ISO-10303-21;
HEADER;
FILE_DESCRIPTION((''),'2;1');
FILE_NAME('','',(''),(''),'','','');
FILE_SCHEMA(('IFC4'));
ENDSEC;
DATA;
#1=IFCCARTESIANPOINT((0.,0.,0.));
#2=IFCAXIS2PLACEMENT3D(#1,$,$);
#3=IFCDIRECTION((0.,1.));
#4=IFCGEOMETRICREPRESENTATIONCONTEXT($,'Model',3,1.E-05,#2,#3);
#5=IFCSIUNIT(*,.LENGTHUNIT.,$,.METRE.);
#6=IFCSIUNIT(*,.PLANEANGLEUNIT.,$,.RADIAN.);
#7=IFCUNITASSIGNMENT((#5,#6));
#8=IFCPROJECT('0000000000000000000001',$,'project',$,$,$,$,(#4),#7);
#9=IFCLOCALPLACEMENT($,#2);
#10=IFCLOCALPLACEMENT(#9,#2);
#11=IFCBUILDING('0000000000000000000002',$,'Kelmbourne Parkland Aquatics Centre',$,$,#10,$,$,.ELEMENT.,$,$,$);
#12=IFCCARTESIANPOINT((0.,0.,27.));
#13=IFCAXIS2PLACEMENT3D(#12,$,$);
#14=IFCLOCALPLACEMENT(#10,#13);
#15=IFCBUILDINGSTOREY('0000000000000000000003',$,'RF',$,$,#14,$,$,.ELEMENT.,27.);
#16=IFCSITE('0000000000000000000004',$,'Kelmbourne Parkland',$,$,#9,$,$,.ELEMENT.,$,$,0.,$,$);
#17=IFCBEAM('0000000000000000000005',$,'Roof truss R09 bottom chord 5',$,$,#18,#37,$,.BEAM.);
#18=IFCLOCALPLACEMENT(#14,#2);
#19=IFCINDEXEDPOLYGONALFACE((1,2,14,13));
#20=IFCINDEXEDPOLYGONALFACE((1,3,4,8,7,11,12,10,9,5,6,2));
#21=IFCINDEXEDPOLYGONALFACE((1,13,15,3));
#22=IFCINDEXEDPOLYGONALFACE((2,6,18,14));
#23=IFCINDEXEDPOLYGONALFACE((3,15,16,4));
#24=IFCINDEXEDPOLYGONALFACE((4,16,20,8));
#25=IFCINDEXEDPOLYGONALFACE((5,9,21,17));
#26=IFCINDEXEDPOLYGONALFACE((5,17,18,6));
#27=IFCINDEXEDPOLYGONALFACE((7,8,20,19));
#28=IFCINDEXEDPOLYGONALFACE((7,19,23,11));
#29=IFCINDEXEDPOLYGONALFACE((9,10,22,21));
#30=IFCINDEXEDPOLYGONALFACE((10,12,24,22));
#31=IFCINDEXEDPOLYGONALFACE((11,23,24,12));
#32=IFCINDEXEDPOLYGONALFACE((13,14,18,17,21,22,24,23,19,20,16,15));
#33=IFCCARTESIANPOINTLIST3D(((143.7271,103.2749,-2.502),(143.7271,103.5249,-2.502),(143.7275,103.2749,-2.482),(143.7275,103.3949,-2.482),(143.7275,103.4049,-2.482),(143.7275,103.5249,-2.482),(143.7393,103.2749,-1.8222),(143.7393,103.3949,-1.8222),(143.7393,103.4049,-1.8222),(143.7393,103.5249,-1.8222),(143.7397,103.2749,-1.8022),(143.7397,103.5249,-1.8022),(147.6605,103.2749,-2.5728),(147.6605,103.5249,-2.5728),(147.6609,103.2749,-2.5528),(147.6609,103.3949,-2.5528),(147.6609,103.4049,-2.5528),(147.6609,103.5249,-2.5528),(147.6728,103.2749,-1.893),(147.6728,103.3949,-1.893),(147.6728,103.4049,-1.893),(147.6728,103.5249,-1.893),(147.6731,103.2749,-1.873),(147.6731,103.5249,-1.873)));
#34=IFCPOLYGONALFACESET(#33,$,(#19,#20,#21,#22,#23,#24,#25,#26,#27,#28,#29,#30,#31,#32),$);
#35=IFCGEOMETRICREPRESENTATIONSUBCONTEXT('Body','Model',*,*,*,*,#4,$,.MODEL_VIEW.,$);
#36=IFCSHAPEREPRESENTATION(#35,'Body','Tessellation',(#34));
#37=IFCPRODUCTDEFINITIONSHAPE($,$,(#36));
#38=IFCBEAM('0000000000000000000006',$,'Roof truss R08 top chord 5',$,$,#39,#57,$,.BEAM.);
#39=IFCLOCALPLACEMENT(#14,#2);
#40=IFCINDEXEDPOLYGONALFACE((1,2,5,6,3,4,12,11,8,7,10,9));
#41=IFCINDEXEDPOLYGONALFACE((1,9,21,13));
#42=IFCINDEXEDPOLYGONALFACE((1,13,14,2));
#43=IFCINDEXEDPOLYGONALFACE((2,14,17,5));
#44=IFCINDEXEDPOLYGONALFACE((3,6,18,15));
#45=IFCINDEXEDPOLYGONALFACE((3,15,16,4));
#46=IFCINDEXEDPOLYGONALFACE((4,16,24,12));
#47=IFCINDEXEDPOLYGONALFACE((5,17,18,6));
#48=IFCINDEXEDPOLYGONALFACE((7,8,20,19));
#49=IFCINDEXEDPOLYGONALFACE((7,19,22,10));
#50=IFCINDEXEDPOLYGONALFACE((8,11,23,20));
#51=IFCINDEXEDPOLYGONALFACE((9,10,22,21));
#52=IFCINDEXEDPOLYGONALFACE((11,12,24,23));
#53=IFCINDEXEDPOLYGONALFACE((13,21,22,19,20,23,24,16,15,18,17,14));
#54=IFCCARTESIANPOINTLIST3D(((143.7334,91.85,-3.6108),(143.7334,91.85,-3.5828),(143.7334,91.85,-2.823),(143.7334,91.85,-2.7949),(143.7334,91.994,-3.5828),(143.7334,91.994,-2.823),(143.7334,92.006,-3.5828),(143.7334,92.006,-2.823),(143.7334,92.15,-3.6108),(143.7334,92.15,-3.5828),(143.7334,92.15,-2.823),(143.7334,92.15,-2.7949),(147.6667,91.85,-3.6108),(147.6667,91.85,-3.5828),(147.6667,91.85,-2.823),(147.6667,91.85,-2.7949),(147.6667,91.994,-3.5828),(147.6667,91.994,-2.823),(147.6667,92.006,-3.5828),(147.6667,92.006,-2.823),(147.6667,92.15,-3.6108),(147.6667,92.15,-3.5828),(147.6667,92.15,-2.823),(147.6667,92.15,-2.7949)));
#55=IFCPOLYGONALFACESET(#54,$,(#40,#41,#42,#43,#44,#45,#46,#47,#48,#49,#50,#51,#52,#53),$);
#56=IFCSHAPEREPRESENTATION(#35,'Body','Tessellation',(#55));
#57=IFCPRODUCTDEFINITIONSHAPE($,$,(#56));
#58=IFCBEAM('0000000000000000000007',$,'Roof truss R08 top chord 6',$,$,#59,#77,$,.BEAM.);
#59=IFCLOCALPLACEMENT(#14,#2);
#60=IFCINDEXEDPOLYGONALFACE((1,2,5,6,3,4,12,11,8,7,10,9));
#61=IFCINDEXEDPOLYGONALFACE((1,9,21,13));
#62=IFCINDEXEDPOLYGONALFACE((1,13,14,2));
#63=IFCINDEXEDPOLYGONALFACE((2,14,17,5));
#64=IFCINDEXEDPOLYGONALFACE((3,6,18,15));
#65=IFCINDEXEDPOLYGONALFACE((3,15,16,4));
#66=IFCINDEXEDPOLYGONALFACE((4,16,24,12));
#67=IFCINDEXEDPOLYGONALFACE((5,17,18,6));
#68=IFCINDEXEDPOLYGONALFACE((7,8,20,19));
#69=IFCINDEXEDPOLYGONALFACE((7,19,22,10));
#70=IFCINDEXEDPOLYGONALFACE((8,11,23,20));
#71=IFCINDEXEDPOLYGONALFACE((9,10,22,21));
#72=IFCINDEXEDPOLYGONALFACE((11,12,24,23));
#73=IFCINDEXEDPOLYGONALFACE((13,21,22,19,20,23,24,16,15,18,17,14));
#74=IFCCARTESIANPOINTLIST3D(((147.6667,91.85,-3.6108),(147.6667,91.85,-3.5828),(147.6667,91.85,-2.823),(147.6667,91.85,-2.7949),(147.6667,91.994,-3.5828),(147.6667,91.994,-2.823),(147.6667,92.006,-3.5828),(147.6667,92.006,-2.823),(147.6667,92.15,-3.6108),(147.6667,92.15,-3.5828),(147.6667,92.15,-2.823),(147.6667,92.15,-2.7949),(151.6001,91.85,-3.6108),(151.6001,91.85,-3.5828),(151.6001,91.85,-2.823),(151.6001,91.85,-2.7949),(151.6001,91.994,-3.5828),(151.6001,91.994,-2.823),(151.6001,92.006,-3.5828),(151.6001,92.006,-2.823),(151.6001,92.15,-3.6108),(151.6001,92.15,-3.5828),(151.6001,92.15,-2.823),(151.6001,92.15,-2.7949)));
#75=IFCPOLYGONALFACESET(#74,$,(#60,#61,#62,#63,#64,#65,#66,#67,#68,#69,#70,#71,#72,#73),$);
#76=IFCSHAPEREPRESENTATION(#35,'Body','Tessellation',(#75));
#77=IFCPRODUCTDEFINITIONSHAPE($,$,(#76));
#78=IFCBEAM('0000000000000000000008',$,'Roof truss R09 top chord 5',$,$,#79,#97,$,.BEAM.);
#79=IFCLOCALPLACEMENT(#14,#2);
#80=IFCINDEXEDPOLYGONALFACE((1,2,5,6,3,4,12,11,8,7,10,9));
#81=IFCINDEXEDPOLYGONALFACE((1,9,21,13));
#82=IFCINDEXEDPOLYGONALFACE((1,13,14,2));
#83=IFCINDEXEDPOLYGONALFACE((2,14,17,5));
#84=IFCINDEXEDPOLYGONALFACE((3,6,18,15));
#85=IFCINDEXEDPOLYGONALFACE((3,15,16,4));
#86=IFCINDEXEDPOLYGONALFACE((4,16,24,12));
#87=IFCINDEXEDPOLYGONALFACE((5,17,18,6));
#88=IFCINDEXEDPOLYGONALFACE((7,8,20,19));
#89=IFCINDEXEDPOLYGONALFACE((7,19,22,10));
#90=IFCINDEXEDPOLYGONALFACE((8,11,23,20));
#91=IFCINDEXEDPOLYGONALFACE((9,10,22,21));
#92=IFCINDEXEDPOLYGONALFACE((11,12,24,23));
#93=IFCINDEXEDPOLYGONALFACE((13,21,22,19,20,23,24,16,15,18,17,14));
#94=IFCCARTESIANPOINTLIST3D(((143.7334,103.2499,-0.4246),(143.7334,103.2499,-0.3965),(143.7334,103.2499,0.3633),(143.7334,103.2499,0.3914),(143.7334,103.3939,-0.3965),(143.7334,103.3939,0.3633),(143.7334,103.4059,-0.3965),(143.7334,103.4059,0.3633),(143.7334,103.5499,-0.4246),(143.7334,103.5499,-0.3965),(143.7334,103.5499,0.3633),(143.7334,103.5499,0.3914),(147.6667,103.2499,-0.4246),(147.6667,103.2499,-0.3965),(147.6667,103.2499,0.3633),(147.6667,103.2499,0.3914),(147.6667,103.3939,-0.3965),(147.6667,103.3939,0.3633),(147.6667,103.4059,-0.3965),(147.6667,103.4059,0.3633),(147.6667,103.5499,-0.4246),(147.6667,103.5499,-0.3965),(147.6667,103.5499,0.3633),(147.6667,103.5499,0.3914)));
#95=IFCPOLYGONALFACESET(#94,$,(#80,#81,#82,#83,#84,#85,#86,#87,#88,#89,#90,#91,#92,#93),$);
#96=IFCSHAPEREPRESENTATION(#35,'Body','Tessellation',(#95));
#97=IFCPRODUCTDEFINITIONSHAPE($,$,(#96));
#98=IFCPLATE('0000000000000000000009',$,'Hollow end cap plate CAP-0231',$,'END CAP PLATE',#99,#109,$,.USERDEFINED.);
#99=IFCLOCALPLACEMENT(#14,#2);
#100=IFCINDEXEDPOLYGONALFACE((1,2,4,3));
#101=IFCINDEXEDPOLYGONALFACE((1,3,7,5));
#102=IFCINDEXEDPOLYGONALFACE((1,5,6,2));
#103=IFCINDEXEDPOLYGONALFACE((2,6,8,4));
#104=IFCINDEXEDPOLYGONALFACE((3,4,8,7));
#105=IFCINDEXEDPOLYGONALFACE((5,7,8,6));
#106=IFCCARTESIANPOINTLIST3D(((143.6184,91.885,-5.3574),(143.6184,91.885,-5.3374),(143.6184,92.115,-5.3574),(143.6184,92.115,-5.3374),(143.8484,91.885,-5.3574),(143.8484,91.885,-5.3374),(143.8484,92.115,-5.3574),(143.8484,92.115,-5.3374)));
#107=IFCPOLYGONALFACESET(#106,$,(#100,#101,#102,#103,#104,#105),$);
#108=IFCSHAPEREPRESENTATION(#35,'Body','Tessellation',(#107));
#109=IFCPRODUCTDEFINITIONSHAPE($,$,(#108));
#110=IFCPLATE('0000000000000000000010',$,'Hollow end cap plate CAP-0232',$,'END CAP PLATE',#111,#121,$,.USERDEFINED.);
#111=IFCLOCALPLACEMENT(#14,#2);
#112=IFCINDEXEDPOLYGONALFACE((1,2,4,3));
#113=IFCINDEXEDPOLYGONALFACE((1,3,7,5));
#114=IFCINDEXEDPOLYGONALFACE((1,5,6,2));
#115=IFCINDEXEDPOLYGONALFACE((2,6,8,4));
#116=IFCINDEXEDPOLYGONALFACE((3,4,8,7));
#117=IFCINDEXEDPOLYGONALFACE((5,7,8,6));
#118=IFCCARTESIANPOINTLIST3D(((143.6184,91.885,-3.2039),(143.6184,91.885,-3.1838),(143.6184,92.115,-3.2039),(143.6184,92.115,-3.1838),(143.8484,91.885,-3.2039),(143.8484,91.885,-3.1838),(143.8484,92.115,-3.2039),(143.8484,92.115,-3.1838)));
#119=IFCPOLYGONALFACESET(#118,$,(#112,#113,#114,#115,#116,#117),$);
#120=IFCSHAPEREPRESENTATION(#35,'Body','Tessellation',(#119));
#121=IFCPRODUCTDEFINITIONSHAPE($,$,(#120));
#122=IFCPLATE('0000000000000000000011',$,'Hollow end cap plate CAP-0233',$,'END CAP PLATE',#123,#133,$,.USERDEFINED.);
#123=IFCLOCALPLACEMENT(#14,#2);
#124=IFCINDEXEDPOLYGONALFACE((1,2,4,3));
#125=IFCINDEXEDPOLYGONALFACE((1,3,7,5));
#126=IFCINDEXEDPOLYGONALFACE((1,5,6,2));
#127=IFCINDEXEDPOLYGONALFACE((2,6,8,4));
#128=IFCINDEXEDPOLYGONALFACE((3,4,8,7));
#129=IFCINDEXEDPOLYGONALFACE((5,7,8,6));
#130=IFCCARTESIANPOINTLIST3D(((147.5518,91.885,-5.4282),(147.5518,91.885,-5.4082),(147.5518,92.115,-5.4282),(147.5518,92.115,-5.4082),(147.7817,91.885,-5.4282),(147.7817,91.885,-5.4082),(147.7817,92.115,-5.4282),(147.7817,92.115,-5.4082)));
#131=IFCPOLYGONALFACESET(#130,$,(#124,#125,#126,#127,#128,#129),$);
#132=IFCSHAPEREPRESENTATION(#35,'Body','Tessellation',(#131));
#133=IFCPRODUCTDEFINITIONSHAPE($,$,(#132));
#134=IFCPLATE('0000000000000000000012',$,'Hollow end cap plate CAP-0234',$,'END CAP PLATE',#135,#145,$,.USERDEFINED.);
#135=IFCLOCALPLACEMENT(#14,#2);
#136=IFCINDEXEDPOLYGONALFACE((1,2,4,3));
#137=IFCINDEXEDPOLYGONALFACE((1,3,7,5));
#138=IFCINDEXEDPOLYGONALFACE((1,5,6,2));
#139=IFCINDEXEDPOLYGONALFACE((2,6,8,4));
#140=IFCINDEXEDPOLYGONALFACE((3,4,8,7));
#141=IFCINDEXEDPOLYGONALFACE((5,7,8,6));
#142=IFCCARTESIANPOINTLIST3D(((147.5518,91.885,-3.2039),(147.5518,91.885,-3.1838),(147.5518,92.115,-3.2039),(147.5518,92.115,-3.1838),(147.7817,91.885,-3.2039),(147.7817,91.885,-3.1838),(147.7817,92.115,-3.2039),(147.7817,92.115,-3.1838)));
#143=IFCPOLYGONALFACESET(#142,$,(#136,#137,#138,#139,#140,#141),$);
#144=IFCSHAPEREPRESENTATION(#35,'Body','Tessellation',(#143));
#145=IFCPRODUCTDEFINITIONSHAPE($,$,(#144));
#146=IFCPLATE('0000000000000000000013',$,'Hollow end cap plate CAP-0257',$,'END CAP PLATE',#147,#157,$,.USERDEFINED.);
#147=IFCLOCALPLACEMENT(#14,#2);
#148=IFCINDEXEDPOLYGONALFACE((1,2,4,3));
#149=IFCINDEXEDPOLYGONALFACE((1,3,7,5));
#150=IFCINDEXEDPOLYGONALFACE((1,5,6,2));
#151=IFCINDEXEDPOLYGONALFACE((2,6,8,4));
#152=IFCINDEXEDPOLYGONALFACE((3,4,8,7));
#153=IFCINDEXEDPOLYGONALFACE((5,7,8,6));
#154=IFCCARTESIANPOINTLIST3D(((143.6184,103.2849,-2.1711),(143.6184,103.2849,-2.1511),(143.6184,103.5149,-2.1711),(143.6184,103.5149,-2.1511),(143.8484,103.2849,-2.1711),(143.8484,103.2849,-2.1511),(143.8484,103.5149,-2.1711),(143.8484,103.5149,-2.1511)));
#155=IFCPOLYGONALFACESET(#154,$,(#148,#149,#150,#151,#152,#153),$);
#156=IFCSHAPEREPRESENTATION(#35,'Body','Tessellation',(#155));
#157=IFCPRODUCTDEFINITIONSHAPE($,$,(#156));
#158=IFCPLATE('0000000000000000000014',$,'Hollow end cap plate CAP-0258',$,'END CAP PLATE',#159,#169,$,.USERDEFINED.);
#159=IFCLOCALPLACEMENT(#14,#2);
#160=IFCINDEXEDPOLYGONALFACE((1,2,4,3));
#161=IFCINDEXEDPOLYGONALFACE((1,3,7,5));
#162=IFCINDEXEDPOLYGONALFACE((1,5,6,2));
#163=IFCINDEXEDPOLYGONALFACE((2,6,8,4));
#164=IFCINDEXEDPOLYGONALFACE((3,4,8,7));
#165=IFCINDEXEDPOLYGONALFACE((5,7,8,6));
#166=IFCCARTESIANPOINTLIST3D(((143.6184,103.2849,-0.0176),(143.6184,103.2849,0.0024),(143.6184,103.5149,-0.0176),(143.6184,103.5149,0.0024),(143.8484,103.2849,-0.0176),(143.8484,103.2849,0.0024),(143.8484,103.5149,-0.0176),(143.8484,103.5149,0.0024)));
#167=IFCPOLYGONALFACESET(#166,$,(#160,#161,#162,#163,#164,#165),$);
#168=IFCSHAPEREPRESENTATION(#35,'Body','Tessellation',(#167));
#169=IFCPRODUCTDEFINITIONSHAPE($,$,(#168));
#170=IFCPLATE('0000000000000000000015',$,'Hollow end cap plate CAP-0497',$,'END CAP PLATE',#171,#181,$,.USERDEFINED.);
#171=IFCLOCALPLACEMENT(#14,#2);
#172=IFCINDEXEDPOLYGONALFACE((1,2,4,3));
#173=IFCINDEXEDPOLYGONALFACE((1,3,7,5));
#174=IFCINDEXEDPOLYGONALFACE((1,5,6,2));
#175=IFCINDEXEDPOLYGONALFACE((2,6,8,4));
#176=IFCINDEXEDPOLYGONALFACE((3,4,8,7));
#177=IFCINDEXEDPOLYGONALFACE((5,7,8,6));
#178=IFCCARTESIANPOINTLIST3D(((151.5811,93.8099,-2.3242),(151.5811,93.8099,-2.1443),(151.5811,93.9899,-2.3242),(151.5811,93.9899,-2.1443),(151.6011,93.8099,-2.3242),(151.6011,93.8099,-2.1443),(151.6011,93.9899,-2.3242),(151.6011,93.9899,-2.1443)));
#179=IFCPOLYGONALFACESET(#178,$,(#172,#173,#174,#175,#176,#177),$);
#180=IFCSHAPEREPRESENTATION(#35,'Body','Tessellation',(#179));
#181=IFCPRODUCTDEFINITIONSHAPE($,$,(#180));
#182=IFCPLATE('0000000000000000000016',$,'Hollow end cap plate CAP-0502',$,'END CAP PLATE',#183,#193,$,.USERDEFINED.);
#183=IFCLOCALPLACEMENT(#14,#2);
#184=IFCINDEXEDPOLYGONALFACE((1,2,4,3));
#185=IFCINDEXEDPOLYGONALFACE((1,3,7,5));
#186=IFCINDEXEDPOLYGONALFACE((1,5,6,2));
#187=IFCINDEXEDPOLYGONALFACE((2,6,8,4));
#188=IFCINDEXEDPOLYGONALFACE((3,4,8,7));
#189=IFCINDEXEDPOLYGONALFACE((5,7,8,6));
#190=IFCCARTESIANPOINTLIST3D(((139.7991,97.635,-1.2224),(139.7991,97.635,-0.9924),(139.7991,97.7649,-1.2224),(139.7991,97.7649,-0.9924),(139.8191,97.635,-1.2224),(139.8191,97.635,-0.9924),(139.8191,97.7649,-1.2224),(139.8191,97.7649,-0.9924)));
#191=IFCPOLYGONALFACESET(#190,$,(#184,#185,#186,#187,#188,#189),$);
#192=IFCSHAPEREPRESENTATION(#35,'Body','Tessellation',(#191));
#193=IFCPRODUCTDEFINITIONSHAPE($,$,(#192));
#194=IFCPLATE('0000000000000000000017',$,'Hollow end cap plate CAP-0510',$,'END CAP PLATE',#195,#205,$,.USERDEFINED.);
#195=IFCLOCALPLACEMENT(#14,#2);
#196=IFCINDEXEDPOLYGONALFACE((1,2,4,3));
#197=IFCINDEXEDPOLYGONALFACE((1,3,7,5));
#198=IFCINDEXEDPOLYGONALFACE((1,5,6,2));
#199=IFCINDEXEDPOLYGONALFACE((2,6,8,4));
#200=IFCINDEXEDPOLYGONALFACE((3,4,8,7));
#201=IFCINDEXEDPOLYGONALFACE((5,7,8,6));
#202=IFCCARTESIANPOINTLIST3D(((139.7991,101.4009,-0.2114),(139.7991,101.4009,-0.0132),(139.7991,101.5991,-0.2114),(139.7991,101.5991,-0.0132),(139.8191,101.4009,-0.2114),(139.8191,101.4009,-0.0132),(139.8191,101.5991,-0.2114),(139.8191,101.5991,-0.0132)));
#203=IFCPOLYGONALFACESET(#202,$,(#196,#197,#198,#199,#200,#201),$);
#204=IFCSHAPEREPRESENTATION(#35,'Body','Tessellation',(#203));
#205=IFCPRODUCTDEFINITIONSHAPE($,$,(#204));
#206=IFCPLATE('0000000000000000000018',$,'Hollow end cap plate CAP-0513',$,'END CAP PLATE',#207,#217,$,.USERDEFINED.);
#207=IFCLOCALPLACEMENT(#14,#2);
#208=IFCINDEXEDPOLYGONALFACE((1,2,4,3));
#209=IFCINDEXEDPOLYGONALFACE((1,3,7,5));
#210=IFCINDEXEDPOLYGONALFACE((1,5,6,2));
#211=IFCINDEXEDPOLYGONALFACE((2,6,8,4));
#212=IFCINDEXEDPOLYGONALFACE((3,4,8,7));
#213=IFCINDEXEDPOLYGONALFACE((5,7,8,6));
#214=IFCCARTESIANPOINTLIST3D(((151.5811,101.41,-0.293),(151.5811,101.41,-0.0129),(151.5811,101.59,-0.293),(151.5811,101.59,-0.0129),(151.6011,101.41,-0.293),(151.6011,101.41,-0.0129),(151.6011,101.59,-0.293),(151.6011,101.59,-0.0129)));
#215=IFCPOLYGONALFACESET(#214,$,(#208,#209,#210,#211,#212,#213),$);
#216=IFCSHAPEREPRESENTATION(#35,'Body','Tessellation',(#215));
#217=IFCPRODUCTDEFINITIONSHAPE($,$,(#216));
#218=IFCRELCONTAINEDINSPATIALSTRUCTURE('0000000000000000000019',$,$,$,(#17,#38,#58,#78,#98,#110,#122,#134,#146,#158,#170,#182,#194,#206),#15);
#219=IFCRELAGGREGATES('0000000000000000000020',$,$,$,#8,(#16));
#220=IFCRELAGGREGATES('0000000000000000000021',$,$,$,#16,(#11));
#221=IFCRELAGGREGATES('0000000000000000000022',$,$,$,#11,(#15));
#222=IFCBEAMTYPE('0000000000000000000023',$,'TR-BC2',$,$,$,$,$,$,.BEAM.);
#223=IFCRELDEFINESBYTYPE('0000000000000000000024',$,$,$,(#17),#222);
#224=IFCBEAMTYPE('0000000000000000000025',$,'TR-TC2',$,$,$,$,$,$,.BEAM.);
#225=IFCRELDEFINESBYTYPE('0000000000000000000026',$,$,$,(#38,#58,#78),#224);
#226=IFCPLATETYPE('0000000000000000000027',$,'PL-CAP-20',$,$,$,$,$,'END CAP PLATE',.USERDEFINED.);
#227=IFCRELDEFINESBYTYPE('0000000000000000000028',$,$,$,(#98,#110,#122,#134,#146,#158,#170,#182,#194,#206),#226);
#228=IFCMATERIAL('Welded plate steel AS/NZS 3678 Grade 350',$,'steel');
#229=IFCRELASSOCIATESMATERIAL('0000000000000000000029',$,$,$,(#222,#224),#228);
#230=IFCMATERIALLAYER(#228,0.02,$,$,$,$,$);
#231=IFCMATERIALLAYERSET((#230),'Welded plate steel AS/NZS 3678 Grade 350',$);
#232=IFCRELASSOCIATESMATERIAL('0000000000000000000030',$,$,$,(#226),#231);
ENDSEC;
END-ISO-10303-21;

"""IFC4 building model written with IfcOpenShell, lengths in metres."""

from ifc_helpers import new_model, si_unit, direction, frame, origin, origin_2d, place, context, subcontext, project, spatial, rectangle, i_section, extrude, material, layer, layer_set, material_profile, profile_set, type_object, element, save


model = new_model("IFC4")

# Units and contexts
model_context = context("Model", 3, precision=1e-05, world=origin(), true_north=direction((0.0, 1.0)))
body_context = subcontext(model_context, "Body", "Model", "MODEL_VIEW")
ifc_project = project(units=[si_unit("LENGTHUNIT", "METRE"), si_unit("PLANEANGLEUNIT", "RADIAN")], contexts=[model_context])

# Site, building, storey
site_placement = place(None, origin())
site = spatial("IfcSite", under=ifc_project, at=site_placement, Name="Kelmbourne Parkland", CompositionType="ELEMENT", RefElevation=0.0)
building_placement = place(site_placement, origin())
building = spatial("IfcBuilding", under=site, at=building_placement, Name="Kelmbourne Parkland Aquatics Centre", CompositionType="ELEMENT")
storey_placement = place(building_placement, frame((0.0, 0.0, 27.0)))
storey = spatial("IfcBuildingStorey", under=building, at=storey_placement, Name="RF", CompositionType="ELEMENT", Elevation=27.0)

# Beams
ifc_material_1 = material(Name="Welded plate steel AS/NZS 3678 Grade 350", Category="steel")
ifc_material_profile_1 = material_profile(ifc_material_1, i_section(OverallWidth=0.25, OverallDepth=0.7, WebThickness=0.01, FlangeThickness=0.02, at=origin_2d()), Name="700WB130")
ifc_profile_set_1 = profile_set([ifc_material_profile_1], Name="Welded plate steel AS/NZS 3678 Grade 350")
beam_type_1 = type_object("IfcBeamType", Name="TR-BC2", PredefinedType="BEAM", material=ifc_profile_set_1)
beam_1_placement = place(storey_placement, frame((143.7334, 103.3999, -2.1521), z_axis=(0.999838, 0.0, -0.017997), x_axis=(0.0, 1.0, 0.0)))
element("IfcBeam", 1, at=beam_1_placement, inside=storey, type_object=beam_type_1, Name="Roof truss R09 bottom chord 5", PredefinedType="BEAM", context=body_context, shape_type="SweptSolid", body=[
    extrude(i_section(OverallWidth=0.25, OverallDepth=0.7, WebThickness=0.01, FlangeThickness=0.02, at=origin_2d()), origin(), (0.0, 0.0, 1.0), 3.9341),
])
ifc_material_profile_2 = material_profile(ifc_material_1, i_section(OverallWidth=0.3, OverallDepth=0.8159, WebThickness=0.012, FlangeThickness=0.0281, at=origin_2d()), Name="800WB192")
ifc_profile_set_2 = profile_set([ifc_material_profile_2], Name="Welded plate steel AS/NZS 3678 Grade 350")
beam_type_2 = type_object("IfcBeamType", Name="TR-TC2", PredefinedType="BEAM", material=ifc_profile_set_2)
for number, where, z_axis, x_axis, name in (
    (2, (143.7334, 92.0, -3.2029), (1.0, 0.0, 0.0), (0.0, 1.0, 0.0), "Roof truss R08 top chord 5"),
    (3, (147.6667, 92.0, -3.2029), (1.0, 0.0, 0.0), (0.0, 1.0, 0.0), "Roof truss R08 top chord 6"),
    (4, (143.7334, 103.3999, -0.0166), (1.0, 0.0, 0.0), (0.0, 1.0, 0.0), "Roof truss R09 top chord 5"),
):
    element("IfcBeam", number, at=place(storey_placement, frame(where, z_axis=z_axis, x_axis=x_axis)), inside=storey, type_object=beam_type_2, Name=name, PredefinedType="BEAM", context=body_context, shape_type="SweptSolid", body=[
        extrude(i_section(OverallWidth=0.3, OverallDepth=0.8159, WebThickness=0.012, FlangeThickness=0.0281, at=origin_2d()), origin(), (0.0, 0.0, 1.0), 3.9333),
    ])

# Plates
ifc_layer_1 = layer(ifc_material_1, 0.02)
ifc_layer_set_1 = layer_set([ifc_layer_1], Name="Welded plate steel AS/NZS 3678 Grade 350")
plate_type_1 = type_object("IfcPlateType", Name="PL-CAP-20", ElementType="END CAP PLATE", PredefinedType="USERDEFINED", material=ifc_layer_set_1)
for number, where, z_axis, x_axis, name in (
    (5, (143.7334, 92.0, -5.3574), (0.0, 0.0, 1.0), (1.0, 0.0, 0.0), "Hollow end cap plate CAP-0231"),
    (6, (143.7334, 92.0, -3.2039), (0.0, 0.0, 1.0), (1.0, 0.0, 0.0), "Hollow end cap plate CAP-0232"),
    (7, (147.6667, 92.0, -5.4282), (0.0, 0.0, 1.0), (1.0, 0.0, 0.0), "Hollow end cap plate CAP-0233"),
    (8, (147.6667, 92.0, -3.2039), (0.0, 0.0, 1.0), (1.0, 0.0, 0.0), "Hollow end cap plate CAP-0234"),
    (9, (143.7334, 103.3999, -2.1711), (0.0, 0.0, 1.0), (1.0, 0.0, 0.0), "Hollow end cap plate CAP-0257"),
    (10, (143.7334, 103.3999, -0.0176), (0.0, 0.0, 1.0), (1.0, 0.0, 0.0), "Hollow end cap plate CAP-0258"),
):
    element("IfcPlate", number, at=place(storey_placement, frame(where, z_axis=z_axis, x_axis=x_axis)), inside=storey, type_object=plate_type_1, Name=name, ObjectType="END CAP PLATE", PredefinedType="USERDEFINED", context=body_context, shape_type="SweptSolid", body=[
        extrude(rectangle(XDim=0.23, YDim=0.23, at=origin_2d()), origin(), (0.0, 0.0, 1.0), 0.02),
    ])
plate_1_placement = place(storey_placement, frame((151.5911, 93.8999, -2.3242), z_axis=(0.0, 0.0, 1.0), x_axis=(-1.0, 0.0, 0.0)))
element("IfcPlate", 11, at=plate_1_placement, inside=storey, type_object=plate_type_1, Name="Hollow end cap plate CAP-0497", ObjectType="END CAP PLATE", PredefinedType="USERDEFINED", context=body_context, shape_type="SweptSolid", body=[
    extrude(rectangle(XDim=0.02, YDim=0.1799, at=origin_2d()), origin(), (0.0, 0.0, 1.0), 0.1799),
])
plate_2_placement = place(storey_placement, frame((139.8091, 97.7, -1.2224), z_axis=(0.0, 0.0, 1.0), x_axis=(1.0, 0.0, 0.0)))
element("IfcPlate", 12, at=plate_2_placement, inside=storey, type_object=plate_type_1, Name="Hollow end cap plate CAP-0502", ObjectType="END CAP PLATE", PredefinedType="USERDEFINED", context=body_context, shape_type="SweptSolid", body=[
    extrude(rectangle(XDim=0.02, YDim=0.1299, at=origin_2d()), origin(), (0.0, 0.0, 1.0), 0.23),
])
plate_3_placement = place(storey_placement, frame((139.8091, 101.5, -0.2114), z_axis=(0.0, 0.0, 1.0), x_axis=(1.0, 0.0, 0.0)))
element("IfcPlate", 13, at=plate_3_placement, inside=storey, type_object=plate_type_1, Name="Hollow end cap plate CAP-0510", ObjectType="END CAP PLATE", PredefinedType="USERDEFINED", context=body_context, shape_type="SweptSolid", body=[
    extrude(rectangle(XDim=0.02, YDim=0.1982, at=origin_2d()), origin(), (0.0, 0.0, 1.0), 0.1982),
])
plate_4_placement = place(storey_placement, frame((151.5911, 101.5, -0.293), z_axis=(0.0, 0.0, 1.0), x_axis=(-1.0, 0.0, 0.0)))
element("IfcPlate", 14, at=plate_4_placement, inside=storey, type_object=plate_type_1, Name="Hollow end cap plate CAP-0513", ObjectType="END CAP PLATE", PredefinedType="USERDEFINED", context=body_context, shape_type="SweptSolid", body=[
    extrude(rectangle(XDim=0.02, YDim=0.1799, at=origin_2d()), origin(), (0.0, 0.0, 1.0), 0.28),
])

save(model, "model.ifc")
